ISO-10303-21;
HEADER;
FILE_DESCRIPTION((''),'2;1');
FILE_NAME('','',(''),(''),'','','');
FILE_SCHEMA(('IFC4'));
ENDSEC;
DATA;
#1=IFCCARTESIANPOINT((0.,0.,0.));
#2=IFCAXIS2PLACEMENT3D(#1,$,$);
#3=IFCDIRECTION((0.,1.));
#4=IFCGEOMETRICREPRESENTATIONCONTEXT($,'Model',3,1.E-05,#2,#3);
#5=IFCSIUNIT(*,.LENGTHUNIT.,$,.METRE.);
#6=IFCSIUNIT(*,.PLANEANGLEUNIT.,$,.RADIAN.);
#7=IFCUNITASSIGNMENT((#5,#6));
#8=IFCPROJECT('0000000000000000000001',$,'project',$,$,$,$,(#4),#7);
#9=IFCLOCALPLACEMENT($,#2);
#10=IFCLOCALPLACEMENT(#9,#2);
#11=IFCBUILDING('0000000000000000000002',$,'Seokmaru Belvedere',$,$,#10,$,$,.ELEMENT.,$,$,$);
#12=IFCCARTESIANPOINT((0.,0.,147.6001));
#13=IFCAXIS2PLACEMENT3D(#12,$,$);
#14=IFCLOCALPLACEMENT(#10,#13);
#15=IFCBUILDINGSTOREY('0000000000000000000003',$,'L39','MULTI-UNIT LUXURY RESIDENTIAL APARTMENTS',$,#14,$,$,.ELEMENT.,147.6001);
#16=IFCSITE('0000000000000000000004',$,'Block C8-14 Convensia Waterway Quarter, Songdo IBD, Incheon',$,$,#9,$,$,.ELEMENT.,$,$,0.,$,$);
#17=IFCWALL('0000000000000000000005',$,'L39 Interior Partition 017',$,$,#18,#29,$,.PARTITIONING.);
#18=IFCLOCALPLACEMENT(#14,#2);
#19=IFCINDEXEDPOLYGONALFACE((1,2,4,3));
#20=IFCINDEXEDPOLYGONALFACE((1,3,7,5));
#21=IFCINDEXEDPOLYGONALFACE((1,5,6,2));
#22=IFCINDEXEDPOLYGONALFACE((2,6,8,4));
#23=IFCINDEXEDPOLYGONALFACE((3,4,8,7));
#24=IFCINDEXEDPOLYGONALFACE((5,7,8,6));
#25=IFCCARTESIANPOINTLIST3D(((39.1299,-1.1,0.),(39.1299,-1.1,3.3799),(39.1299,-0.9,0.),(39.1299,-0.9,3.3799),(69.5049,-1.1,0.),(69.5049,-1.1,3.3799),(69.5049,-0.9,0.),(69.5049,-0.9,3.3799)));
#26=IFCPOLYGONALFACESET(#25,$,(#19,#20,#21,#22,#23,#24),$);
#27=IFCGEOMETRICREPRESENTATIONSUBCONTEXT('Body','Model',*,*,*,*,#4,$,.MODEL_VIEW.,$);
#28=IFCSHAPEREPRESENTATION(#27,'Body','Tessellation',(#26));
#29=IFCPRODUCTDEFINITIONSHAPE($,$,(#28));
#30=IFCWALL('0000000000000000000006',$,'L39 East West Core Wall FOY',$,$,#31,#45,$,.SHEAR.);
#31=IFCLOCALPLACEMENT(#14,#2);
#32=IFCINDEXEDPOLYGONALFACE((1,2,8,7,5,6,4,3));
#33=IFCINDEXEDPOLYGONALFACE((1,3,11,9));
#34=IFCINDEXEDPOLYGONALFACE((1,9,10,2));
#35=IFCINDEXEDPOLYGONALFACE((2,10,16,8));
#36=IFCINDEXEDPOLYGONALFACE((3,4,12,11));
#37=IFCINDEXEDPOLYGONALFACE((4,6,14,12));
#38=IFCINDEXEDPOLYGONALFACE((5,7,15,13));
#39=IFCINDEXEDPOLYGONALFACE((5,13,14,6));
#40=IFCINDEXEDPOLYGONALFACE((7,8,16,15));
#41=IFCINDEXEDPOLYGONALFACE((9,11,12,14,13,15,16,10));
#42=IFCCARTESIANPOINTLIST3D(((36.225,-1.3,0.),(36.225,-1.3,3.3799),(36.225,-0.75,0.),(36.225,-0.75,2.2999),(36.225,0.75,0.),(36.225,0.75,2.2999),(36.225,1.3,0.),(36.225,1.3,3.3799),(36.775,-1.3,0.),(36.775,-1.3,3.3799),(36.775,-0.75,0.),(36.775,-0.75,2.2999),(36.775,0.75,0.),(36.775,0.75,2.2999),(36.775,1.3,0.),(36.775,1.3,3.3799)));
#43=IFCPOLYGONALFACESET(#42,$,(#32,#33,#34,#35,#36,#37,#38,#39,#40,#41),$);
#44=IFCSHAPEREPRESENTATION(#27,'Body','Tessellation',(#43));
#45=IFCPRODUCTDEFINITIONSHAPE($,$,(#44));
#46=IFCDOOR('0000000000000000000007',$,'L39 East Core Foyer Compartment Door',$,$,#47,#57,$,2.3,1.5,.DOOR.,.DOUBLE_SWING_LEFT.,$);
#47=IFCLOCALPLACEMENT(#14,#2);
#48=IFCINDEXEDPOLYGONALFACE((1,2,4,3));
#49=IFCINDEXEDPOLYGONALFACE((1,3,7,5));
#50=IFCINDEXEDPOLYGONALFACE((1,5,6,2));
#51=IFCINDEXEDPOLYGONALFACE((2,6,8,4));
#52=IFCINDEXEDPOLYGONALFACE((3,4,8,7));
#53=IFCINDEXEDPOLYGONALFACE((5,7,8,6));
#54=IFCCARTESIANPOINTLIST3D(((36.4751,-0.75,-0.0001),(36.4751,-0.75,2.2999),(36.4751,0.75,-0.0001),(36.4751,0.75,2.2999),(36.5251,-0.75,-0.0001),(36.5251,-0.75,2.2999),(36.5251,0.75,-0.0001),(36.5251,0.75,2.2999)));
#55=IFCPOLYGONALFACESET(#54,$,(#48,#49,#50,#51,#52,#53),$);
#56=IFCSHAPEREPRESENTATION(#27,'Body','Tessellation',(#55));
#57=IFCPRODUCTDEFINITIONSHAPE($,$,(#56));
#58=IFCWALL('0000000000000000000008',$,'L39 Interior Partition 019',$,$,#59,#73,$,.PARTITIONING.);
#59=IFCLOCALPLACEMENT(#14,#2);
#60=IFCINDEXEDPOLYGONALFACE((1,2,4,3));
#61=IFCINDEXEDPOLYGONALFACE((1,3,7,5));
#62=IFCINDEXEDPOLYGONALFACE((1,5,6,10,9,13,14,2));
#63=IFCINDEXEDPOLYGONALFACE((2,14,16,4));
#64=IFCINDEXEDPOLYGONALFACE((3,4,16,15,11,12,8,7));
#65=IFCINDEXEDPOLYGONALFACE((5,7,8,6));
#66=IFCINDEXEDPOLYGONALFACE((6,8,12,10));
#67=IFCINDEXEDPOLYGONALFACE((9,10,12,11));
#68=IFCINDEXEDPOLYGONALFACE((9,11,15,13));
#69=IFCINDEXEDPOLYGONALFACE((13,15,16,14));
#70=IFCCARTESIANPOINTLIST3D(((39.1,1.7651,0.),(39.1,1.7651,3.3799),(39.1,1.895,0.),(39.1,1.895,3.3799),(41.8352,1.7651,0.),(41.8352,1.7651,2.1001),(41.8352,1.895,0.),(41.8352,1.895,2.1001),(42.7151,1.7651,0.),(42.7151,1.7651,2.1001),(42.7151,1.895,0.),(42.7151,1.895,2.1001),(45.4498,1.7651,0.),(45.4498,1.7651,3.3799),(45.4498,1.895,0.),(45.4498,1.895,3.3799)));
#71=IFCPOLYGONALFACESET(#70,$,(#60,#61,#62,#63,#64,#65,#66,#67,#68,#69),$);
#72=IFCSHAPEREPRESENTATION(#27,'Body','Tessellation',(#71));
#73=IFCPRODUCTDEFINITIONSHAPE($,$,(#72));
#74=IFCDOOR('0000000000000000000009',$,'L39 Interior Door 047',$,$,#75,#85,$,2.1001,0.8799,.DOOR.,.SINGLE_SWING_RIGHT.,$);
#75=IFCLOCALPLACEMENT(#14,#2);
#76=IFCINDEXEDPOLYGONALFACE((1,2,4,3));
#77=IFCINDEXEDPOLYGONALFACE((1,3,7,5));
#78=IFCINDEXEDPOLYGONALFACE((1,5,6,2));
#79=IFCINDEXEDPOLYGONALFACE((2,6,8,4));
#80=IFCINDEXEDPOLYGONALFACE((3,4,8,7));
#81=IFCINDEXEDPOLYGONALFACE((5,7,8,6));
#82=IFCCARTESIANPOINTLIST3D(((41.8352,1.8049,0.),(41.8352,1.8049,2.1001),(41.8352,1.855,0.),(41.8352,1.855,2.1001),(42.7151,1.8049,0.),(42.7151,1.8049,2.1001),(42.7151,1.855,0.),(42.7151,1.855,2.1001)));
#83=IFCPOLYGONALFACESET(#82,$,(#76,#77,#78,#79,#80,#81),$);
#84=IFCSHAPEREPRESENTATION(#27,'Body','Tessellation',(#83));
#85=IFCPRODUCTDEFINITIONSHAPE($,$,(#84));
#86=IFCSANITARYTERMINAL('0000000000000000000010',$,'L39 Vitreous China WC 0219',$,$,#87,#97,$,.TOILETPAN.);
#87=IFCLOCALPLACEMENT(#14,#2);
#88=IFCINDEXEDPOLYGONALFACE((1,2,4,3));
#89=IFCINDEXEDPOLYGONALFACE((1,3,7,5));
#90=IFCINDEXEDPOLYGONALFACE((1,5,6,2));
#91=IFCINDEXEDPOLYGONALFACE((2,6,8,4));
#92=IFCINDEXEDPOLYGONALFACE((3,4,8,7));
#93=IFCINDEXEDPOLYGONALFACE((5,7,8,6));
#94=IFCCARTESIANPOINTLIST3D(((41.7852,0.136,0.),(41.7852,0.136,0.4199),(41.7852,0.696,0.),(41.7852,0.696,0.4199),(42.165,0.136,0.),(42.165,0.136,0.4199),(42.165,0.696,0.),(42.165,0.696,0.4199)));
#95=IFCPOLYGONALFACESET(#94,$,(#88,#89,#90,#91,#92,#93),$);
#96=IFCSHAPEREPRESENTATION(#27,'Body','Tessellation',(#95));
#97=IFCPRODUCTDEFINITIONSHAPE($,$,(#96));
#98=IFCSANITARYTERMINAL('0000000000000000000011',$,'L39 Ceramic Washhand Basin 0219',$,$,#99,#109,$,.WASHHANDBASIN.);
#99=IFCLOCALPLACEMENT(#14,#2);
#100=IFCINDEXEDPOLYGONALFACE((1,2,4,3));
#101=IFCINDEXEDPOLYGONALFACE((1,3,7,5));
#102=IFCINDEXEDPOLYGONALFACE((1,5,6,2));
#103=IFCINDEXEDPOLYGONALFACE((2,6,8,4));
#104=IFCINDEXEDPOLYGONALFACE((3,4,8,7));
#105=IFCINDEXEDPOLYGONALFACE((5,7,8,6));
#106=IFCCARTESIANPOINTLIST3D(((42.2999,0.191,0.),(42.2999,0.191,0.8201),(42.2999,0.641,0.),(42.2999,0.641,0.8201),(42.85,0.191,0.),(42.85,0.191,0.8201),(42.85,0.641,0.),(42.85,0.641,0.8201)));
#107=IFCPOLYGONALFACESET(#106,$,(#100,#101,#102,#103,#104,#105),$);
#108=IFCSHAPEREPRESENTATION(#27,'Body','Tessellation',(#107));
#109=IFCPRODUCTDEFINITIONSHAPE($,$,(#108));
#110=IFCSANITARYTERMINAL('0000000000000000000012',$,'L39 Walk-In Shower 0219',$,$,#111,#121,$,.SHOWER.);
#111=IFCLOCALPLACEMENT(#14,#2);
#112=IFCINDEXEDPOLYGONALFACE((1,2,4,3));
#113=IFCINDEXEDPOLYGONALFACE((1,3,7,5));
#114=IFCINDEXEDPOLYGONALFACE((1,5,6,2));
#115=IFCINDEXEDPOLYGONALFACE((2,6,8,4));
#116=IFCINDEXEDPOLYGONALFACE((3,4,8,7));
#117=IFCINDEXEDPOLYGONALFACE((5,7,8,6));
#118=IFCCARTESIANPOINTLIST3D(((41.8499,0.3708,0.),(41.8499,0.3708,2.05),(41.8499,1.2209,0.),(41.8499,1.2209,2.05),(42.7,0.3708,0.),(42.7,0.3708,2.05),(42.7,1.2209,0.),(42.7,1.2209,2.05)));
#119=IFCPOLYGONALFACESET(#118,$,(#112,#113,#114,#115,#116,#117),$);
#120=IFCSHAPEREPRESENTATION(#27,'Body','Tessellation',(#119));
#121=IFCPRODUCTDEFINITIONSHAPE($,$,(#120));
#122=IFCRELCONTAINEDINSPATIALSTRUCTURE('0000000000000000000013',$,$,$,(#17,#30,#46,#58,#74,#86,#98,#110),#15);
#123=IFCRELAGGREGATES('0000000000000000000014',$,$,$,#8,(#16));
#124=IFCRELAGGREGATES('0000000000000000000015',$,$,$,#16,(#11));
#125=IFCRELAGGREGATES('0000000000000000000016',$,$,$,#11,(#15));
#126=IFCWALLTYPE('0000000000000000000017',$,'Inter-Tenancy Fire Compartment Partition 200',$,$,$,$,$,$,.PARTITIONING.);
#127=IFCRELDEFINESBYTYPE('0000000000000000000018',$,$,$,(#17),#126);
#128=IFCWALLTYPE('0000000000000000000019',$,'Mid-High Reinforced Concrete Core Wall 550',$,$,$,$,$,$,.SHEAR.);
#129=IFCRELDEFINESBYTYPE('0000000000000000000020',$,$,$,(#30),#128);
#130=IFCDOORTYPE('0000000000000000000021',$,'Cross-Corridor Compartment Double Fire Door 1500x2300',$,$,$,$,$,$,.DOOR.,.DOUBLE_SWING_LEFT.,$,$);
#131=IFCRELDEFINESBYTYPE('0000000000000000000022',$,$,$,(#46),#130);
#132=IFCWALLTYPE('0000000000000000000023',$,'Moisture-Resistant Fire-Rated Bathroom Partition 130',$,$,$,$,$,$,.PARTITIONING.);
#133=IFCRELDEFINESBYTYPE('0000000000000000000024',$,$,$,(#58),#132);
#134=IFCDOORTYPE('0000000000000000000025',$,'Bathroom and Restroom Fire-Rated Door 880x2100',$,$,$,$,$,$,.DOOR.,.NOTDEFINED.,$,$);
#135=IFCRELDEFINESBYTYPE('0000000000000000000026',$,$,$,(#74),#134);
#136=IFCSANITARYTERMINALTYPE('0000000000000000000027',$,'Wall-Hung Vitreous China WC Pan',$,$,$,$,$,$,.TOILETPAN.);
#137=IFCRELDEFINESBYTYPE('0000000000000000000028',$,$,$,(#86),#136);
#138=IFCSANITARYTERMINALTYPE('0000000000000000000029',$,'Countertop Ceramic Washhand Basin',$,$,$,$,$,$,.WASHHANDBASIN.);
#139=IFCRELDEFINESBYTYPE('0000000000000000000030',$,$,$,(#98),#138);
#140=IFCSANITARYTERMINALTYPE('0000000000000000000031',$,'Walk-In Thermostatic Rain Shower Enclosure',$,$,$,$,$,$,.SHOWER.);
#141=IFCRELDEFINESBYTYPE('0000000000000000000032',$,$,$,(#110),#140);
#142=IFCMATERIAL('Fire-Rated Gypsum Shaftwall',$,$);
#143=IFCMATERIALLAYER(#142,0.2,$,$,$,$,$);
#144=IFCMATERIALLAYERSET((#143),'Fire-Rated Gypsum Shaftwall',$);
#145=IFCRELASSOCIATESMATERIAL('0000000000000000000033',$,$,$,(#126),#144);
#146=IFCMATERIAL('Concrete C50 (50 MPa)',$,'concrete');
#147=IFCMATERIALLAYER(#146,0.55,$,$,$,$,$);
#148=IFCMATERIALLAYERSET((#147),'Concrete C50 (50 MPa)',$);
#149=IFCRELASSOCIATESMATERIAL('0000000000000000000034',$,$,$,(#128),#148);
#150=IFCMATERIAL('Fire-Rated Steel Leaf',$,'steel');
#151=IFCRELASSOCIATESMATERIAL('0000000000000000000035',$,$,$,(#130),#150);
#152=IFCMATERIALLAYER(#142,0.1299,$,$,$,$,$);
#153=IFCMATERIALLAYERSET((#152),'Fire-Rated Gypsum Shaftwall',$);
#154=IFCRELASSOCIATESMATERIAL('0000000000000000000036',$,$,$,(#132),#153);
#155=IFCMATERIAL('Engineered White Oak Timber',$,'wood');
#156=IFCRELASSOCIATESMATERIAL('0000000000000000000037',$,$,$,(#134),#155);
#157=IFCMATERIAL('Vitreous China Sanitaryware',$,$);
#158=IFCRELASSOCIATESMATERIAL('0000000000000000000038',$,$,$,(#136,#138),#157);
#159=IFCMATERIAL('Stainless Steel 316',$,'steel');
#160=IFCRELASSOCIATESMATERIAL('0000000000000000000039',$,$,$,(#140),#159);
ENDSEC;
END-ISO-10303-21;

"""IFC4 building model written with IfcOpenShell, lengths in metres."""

from ifc_helpers import new_model, si_unit, direction, frame, frame_2d, origin, origin_2d, place, context, subcontext, project, spatial, rectangle, extrude, source, transform, mapped, material, layer, layer_set, type_object, type_shapes, element, fill, save


model = new_model("IFC4")

# Units and contexts
model_context = context("Model", 3, precision=1e-05, world=origin(), true_north=direction((0.0, 1.0)))
body_context = subcontext(model_context, "Body", "Model", "MODEL_VIEW")
ifc_project = project(units=[si_unit("LENGTHUNIT", "METRE"), si_unit("PLANEANGLEUNIT", "RADIAN")], contexts=[model_context])

# Site, building, storey
site_placement = place(None, origin())
site = spatial("IfcSite", under=ifc_project, at=site_placement, Name="Block C8-14 Convensia Waterway Quarter, Songdo IBD, Incheon", CompositionType="ELEMENT", RefElevation=0.0)
building_placement = place(site_placement, origin())
building = spatial("IfcBuilding", under=site, at=building_placement, Name="Seokmaru Belvedere", CompositionType="ELEMENT")
storey_placement = place(building_placement, frame((0.0, 0.0, 147.6001)))
storey = spatial("IfcBuildingStorey", under=building, at=storey_placement, Name="L39", Description="MULTI-UNIT LUXURY RESIDENTIAL APARTMENTS", CompositionType="ELEMENT", Elevation=147.6001)

# Shared definitions
ifc_material_1 = material(Name="Fire-Rated Gypsum Shaftwall")
ifc_material_2 = material(Name="Engineered White Oak Timber", Category="wood")

# Wall
ifc_layer_1 = layer(ifc_material_1, 0.2)
ifc_layer_set_1 = layer_set([ifc_layer_1], Name="Fire-Rated Gypsum Shaftwall")
wall_type_1 = type_object("IfcWallType", Name="Inter-Tenancy Fire Compartment Partition 200", PredefinedType="PARTITIONING", material=ifc_layer_set_1)
wall_1_placement = place(storey_placement, frame((39.1299, -1.0, 0.0), z_axis=(0.0, 0.0, 1.0), x_axis=(1.0, 0.0, 0.0)))
element("IfcWall", 1, at=wall_1_placement, inside=storey, type_object=wall_type_1, Name="L39 Interior Partition 017", PredefinedType="PARTITIONING", context=body_context, shape_type="SweptSolid", body=[
    extrude(rectangle(XDim=30.375, YDim=0.2, at=frame_2d((15.1875, 0.0))), origin(), (0.0, 0.0, 1.0), 3.3799),
])

# Walls, openings, doors
ifc_material_3 = material(Name="Concrete C50 (50 MPa)", Category="concrete")
ifc_layer_2 = layer(ifc_material_3, 0.55)
ifc_layer_set_2 = layer_set([ifc_layer_2], Name="Concrete C50 (50 MPa)")
wall_type_2 = type_object("IfcWallType", Name="Mid-High Reinforced Concrete Core Wall 550", PredefinedType="SHEAR", material=ifc_layer_set_2)
wall_2_placement = place(storey_placement, frame((36.5, -1.3, 0.0), z_axis=(0.0, 0.0, 1.0), x_axis=(0.0, 1.0, 0.0)))
wall_2 = element("IfcWall", 2, at=wall_2_placement, inside=storey, type_object=wall_type_2, Name="L39 East West Core Wall FOY", PredefinedType="SHEAR", context=body_context, shape_type="SweptSolid", body=[
    extrude(rectangle(XDim=2.6001, YDim=0.55, at=frame_2d((1.3, 0.0))), origin(), (0.0, 0.0, 1.0), 3.3799),
])
opening_1_placement = place(wall_2_placement, frame((0.55, 0.0, 0.0)))
opening_1 = element("IfcOpeningElement", 3, at=opening_1_placement, cuts=wall_2, PredefinedType="OPENING", context=body_context, shape_type="SweptSolid", body=[
    extrude(rectangle(XDim=1.5, YDim=2.3, at=frame_2d((0.75, 1.1499))), frame((0.0, 0.2852, 0.0), z_axis=(0.0, -1.0, 0.0), x_axis=(1.0, 0.0, 0.0)), (0.0, 0.0, 1.0), 0.5701),
])
ifc_material_4 = material(Name="Fire-Rated Steel Leaf", Category="steel")
door_type_1 = type_object("IfcDoorType", Name="Cross-Corridor Compartment Double Fire Door 1500x2300", OperationType="DOUBLE_SWING_LEFT", PredefinedType="DOOR", material=ifc_material_4)
shared_shape_1 = source(origin(), body_context, "Body", "SweptSolid", [
    extrude(rectangle(XDim=1.5, YDim=2.3, at=frame_2d((0.75, 1.1499))), frame((0.0, 0.0249, 0.0), z_axis=(0.0, -1.0, 0.0), x_axis=(1.0, 0.0, 0.0)), (0.0, 0.0, 1.0), 0.05),
])
type_shapes(door_type_1, [shared_shape_1])
door_1_placement = place(opening_1_placement, origin())
door_1 = element("IfcDoor", 4, at=door_1_placement, inside=storey, type_object=door_type_1, Name="L39 East Core Foyer Compartment Door", OperationType="DOUBLE_SWING_LEFT", OverallHeight=2.3, OverallWidth=1.5, PredefinedType="DOOR", context=body_context, shape_type="MappedRepresentation", body=[
    mapped(shared_shape_1, transform((0.0, 0.0, 0.0), scale=1.0)),
])
fill(opening_1, door_1)
ifc_layer_3 = layer(ifc_material_1, 0.1299)
ifc_layer_set_3 = layer_set([ifc_layer_3], Name="Fire-Rated Gypsum Shaftwall")
wall_type_3 = type_object("IfcWallType", Name="Moisture-Resistant Fire-Rated Bathroom Partition 130", PredefinedType="PARTITIONING", material=ifc_layer_set_3)
wall_3_placement = place(storey_placement, frame((39.1001, 1.8301, 0.0), z_axis=(0.0, 0.0, 1.0), x_axis=(1.0, 0.0, 0.0)))
wall_3 = element("IfcWall", 5, at=wall_3_placement, inside=storey, type_object=wall_type_3, Name="L39 Interior Partition 019", PredefinedType="PARTITIONING", context=body_context, shape_type="SweptSolid", body=[
    extrude(rectangle(XDim=6.3499, YDim=0.1299, at=frame_2d((3.1748, 0.0))), origin(), (0.0, 0.0, 1.0), 3.3799),
])
opening_2_placement = place(wall_3_placement, frame((2.7351, 0.0, 0.0)))
opening_2 = element("IfcOpeningElement", 6, at=opening_2_placement, cuts=wall_3, PredefinedType="OPENING", context=body_context, shape_type="SweptSolid", body=[
    extrude(rectangle(XDim=0.8799, YDim=2.1001, at=frame_2d((0.4399, 1.05))), frame((0.0, 0.075, 0.0), z_axis=(0.0, -1.0, 0.0), x_axis=(1.0, 0.0, 0.0)), (0.0, 0.0, 1.0), 0.1499),
])
door_type_2 = type_object("IfcDoorType", Name="Bathroom and Restroom Fire-Rated Door 880x2100", OperationType="NOTDEFINED", PredefinedType="DOOR", material=ifc_material_2)
shared_shape_2 = source(origin(), body_context, "Body", "SweptSolid", [
    extrude(rectangle(XDim=0.8799, YDim=2.1001, at=frame_2d((0.4399, 1.05))), frame((0.0, 0.0249, 0.0), z_axis=(0.0, -1.0, 0.0), x_axis=(1.0, 0.0, 0.0)), (0.0, 0.0, 1.0), 0.05),
])
type_shapes(door_type_2, [shared_shape_2])
door_2_placement = place(opening_2_placement, origin())
door_2 = element("IfcDoor", 7, at=door_2_placement, inside=storey, type_object=door_type_2, Name="L39 Interior Door 047", OperationType="SINGLE_SWING_RIGHT", OverallHeight=2.1001, OverallWidth=0.8799, PredefinedType="DOOR", context=body_context, shape_type="MappedRepresentation", body=[
    mapped(shared_shape_2, transform((0.0, 0.0, 0.0), scale=1.0)),
])
fill(opening_2, door_2)

# Sanitary terminals
ifc_material_5 = material(Name="Vitreous China Sanitaryware")
sanitary_terminal_type_1 = type_object("IfcSanitaryTerminalType", Name="Wall-Hung Vitreous China WC Pan", PredefinedType="TOILETPAN", material=ifc_material_5)
shared_shape_3 = source(origin(), body_context, "Body", "SweptSolid", [
    extrude(rectangle(XDim=0.3799, YDim=0.5601, at=origin_2d()), origin(), (0.0, 0.0, 1.0), 0.4199),
])
type_shapes(sanitary_terminal_type_1, [shared_shape_3])
sanitary_terminal_1_placement = place(storey_placement, frame((41.9751, 0.416, 0.0), z_axis=(0.0, 0.0, 1.0), x_axis=(1.0, 0.0, 0.0)))
element("IfcSanitaryTerminal", 8, at=sanitary_terminal_1_placement, inside=storey, type_object=sanitary_terminal_type_1, Name="L39 Vitreous China WC 0219", PredefinedType="TOILETPAN", context=body_context, shape_type="MappedRepresentation", body=[
    mapped(shared_shape_3, transform((0.0, 0.0, 0.0), scale=1.0)),
])
sanitary_terminal_type_2 = type_object("IfcSanitaryTerminalType", Name="Countertop Ceramic Washhand Basin", PredefinedType="WASHHANDBASIN", material=ifc_material_5)
shared_shape_4 = source(origin(), body_context, "Body", "SweptSolid", [
    extrude(rectangle(XDim=0.55, YDim=0.45, at=origin_2d()), origin(), (0.0, 0.0, 1.0), 0.8201),
])
type_shapes(sanitary_terminal_type_2, [shared_shape_4])
sanitary_terminal_2_placement = place(storey_placement, frame((42.575, 0.416, 0.0), z_axis=(0.0, 0.0, 1.0), x_axis=(1.0, 0.0, 0.0)))
element("IfcSanitaryTerminal", 9, at=sanitary_terminal_2_placement, inside=storey, type_object=sanitary_terminal_type_2, Name="L39 Ceramic Washhand Basin 0219", PredefinedType="WASHHANDBASIN", context=body_context, shape_type="MappedRepresentation", body=[
    mapped(shared_shape_4, transform((0.0, 0.0, 0.0), scale=1.0)),
])
ifc_material_6 = material(Name="Stainless Steel 316", Category="steel")
sanitary_terminal_type_3 = type_object("IfcSanitaryTerminalType", Name="Walk-In Thermostatic Rain Shower Enclosure", PredefinedType="SHOWER", material=ifc_material_6)
shared_shape_5 = source(origin(), body_context, "Body", "SweptSolid", [
    extrude(rectangle(XDim=0.8501, YDim=0.8501, at=origin_2d()), origin(), (0.0, 0.0, 1.0), 2.05),
])
type_shapes(sanitary_terminal_type_3, [shared_shape_5])
sanitary_terminal_3_placement = place(storey_placement, frame((42.2749, 0.7959, 0.0), z_axis=(0.0, 0.0, 1.0), x_axis=(1.0, 0.0, 0.0)))
element("IfcSanitaryTerminal", 10, at=sanitary_terminal_3_placement, inside=storey, type_object=sanitary_terminal_type_3, Name="L39 Walk-In Shower 0219", PredefinedType="SHOWER", context=body_context, shape_type="MappedRepresentation", body=[
    mapped(shared_shape_5, transform((0.0, 0.0, 0.0), scale=1.0)),
])

save(model, "model.ifc")
